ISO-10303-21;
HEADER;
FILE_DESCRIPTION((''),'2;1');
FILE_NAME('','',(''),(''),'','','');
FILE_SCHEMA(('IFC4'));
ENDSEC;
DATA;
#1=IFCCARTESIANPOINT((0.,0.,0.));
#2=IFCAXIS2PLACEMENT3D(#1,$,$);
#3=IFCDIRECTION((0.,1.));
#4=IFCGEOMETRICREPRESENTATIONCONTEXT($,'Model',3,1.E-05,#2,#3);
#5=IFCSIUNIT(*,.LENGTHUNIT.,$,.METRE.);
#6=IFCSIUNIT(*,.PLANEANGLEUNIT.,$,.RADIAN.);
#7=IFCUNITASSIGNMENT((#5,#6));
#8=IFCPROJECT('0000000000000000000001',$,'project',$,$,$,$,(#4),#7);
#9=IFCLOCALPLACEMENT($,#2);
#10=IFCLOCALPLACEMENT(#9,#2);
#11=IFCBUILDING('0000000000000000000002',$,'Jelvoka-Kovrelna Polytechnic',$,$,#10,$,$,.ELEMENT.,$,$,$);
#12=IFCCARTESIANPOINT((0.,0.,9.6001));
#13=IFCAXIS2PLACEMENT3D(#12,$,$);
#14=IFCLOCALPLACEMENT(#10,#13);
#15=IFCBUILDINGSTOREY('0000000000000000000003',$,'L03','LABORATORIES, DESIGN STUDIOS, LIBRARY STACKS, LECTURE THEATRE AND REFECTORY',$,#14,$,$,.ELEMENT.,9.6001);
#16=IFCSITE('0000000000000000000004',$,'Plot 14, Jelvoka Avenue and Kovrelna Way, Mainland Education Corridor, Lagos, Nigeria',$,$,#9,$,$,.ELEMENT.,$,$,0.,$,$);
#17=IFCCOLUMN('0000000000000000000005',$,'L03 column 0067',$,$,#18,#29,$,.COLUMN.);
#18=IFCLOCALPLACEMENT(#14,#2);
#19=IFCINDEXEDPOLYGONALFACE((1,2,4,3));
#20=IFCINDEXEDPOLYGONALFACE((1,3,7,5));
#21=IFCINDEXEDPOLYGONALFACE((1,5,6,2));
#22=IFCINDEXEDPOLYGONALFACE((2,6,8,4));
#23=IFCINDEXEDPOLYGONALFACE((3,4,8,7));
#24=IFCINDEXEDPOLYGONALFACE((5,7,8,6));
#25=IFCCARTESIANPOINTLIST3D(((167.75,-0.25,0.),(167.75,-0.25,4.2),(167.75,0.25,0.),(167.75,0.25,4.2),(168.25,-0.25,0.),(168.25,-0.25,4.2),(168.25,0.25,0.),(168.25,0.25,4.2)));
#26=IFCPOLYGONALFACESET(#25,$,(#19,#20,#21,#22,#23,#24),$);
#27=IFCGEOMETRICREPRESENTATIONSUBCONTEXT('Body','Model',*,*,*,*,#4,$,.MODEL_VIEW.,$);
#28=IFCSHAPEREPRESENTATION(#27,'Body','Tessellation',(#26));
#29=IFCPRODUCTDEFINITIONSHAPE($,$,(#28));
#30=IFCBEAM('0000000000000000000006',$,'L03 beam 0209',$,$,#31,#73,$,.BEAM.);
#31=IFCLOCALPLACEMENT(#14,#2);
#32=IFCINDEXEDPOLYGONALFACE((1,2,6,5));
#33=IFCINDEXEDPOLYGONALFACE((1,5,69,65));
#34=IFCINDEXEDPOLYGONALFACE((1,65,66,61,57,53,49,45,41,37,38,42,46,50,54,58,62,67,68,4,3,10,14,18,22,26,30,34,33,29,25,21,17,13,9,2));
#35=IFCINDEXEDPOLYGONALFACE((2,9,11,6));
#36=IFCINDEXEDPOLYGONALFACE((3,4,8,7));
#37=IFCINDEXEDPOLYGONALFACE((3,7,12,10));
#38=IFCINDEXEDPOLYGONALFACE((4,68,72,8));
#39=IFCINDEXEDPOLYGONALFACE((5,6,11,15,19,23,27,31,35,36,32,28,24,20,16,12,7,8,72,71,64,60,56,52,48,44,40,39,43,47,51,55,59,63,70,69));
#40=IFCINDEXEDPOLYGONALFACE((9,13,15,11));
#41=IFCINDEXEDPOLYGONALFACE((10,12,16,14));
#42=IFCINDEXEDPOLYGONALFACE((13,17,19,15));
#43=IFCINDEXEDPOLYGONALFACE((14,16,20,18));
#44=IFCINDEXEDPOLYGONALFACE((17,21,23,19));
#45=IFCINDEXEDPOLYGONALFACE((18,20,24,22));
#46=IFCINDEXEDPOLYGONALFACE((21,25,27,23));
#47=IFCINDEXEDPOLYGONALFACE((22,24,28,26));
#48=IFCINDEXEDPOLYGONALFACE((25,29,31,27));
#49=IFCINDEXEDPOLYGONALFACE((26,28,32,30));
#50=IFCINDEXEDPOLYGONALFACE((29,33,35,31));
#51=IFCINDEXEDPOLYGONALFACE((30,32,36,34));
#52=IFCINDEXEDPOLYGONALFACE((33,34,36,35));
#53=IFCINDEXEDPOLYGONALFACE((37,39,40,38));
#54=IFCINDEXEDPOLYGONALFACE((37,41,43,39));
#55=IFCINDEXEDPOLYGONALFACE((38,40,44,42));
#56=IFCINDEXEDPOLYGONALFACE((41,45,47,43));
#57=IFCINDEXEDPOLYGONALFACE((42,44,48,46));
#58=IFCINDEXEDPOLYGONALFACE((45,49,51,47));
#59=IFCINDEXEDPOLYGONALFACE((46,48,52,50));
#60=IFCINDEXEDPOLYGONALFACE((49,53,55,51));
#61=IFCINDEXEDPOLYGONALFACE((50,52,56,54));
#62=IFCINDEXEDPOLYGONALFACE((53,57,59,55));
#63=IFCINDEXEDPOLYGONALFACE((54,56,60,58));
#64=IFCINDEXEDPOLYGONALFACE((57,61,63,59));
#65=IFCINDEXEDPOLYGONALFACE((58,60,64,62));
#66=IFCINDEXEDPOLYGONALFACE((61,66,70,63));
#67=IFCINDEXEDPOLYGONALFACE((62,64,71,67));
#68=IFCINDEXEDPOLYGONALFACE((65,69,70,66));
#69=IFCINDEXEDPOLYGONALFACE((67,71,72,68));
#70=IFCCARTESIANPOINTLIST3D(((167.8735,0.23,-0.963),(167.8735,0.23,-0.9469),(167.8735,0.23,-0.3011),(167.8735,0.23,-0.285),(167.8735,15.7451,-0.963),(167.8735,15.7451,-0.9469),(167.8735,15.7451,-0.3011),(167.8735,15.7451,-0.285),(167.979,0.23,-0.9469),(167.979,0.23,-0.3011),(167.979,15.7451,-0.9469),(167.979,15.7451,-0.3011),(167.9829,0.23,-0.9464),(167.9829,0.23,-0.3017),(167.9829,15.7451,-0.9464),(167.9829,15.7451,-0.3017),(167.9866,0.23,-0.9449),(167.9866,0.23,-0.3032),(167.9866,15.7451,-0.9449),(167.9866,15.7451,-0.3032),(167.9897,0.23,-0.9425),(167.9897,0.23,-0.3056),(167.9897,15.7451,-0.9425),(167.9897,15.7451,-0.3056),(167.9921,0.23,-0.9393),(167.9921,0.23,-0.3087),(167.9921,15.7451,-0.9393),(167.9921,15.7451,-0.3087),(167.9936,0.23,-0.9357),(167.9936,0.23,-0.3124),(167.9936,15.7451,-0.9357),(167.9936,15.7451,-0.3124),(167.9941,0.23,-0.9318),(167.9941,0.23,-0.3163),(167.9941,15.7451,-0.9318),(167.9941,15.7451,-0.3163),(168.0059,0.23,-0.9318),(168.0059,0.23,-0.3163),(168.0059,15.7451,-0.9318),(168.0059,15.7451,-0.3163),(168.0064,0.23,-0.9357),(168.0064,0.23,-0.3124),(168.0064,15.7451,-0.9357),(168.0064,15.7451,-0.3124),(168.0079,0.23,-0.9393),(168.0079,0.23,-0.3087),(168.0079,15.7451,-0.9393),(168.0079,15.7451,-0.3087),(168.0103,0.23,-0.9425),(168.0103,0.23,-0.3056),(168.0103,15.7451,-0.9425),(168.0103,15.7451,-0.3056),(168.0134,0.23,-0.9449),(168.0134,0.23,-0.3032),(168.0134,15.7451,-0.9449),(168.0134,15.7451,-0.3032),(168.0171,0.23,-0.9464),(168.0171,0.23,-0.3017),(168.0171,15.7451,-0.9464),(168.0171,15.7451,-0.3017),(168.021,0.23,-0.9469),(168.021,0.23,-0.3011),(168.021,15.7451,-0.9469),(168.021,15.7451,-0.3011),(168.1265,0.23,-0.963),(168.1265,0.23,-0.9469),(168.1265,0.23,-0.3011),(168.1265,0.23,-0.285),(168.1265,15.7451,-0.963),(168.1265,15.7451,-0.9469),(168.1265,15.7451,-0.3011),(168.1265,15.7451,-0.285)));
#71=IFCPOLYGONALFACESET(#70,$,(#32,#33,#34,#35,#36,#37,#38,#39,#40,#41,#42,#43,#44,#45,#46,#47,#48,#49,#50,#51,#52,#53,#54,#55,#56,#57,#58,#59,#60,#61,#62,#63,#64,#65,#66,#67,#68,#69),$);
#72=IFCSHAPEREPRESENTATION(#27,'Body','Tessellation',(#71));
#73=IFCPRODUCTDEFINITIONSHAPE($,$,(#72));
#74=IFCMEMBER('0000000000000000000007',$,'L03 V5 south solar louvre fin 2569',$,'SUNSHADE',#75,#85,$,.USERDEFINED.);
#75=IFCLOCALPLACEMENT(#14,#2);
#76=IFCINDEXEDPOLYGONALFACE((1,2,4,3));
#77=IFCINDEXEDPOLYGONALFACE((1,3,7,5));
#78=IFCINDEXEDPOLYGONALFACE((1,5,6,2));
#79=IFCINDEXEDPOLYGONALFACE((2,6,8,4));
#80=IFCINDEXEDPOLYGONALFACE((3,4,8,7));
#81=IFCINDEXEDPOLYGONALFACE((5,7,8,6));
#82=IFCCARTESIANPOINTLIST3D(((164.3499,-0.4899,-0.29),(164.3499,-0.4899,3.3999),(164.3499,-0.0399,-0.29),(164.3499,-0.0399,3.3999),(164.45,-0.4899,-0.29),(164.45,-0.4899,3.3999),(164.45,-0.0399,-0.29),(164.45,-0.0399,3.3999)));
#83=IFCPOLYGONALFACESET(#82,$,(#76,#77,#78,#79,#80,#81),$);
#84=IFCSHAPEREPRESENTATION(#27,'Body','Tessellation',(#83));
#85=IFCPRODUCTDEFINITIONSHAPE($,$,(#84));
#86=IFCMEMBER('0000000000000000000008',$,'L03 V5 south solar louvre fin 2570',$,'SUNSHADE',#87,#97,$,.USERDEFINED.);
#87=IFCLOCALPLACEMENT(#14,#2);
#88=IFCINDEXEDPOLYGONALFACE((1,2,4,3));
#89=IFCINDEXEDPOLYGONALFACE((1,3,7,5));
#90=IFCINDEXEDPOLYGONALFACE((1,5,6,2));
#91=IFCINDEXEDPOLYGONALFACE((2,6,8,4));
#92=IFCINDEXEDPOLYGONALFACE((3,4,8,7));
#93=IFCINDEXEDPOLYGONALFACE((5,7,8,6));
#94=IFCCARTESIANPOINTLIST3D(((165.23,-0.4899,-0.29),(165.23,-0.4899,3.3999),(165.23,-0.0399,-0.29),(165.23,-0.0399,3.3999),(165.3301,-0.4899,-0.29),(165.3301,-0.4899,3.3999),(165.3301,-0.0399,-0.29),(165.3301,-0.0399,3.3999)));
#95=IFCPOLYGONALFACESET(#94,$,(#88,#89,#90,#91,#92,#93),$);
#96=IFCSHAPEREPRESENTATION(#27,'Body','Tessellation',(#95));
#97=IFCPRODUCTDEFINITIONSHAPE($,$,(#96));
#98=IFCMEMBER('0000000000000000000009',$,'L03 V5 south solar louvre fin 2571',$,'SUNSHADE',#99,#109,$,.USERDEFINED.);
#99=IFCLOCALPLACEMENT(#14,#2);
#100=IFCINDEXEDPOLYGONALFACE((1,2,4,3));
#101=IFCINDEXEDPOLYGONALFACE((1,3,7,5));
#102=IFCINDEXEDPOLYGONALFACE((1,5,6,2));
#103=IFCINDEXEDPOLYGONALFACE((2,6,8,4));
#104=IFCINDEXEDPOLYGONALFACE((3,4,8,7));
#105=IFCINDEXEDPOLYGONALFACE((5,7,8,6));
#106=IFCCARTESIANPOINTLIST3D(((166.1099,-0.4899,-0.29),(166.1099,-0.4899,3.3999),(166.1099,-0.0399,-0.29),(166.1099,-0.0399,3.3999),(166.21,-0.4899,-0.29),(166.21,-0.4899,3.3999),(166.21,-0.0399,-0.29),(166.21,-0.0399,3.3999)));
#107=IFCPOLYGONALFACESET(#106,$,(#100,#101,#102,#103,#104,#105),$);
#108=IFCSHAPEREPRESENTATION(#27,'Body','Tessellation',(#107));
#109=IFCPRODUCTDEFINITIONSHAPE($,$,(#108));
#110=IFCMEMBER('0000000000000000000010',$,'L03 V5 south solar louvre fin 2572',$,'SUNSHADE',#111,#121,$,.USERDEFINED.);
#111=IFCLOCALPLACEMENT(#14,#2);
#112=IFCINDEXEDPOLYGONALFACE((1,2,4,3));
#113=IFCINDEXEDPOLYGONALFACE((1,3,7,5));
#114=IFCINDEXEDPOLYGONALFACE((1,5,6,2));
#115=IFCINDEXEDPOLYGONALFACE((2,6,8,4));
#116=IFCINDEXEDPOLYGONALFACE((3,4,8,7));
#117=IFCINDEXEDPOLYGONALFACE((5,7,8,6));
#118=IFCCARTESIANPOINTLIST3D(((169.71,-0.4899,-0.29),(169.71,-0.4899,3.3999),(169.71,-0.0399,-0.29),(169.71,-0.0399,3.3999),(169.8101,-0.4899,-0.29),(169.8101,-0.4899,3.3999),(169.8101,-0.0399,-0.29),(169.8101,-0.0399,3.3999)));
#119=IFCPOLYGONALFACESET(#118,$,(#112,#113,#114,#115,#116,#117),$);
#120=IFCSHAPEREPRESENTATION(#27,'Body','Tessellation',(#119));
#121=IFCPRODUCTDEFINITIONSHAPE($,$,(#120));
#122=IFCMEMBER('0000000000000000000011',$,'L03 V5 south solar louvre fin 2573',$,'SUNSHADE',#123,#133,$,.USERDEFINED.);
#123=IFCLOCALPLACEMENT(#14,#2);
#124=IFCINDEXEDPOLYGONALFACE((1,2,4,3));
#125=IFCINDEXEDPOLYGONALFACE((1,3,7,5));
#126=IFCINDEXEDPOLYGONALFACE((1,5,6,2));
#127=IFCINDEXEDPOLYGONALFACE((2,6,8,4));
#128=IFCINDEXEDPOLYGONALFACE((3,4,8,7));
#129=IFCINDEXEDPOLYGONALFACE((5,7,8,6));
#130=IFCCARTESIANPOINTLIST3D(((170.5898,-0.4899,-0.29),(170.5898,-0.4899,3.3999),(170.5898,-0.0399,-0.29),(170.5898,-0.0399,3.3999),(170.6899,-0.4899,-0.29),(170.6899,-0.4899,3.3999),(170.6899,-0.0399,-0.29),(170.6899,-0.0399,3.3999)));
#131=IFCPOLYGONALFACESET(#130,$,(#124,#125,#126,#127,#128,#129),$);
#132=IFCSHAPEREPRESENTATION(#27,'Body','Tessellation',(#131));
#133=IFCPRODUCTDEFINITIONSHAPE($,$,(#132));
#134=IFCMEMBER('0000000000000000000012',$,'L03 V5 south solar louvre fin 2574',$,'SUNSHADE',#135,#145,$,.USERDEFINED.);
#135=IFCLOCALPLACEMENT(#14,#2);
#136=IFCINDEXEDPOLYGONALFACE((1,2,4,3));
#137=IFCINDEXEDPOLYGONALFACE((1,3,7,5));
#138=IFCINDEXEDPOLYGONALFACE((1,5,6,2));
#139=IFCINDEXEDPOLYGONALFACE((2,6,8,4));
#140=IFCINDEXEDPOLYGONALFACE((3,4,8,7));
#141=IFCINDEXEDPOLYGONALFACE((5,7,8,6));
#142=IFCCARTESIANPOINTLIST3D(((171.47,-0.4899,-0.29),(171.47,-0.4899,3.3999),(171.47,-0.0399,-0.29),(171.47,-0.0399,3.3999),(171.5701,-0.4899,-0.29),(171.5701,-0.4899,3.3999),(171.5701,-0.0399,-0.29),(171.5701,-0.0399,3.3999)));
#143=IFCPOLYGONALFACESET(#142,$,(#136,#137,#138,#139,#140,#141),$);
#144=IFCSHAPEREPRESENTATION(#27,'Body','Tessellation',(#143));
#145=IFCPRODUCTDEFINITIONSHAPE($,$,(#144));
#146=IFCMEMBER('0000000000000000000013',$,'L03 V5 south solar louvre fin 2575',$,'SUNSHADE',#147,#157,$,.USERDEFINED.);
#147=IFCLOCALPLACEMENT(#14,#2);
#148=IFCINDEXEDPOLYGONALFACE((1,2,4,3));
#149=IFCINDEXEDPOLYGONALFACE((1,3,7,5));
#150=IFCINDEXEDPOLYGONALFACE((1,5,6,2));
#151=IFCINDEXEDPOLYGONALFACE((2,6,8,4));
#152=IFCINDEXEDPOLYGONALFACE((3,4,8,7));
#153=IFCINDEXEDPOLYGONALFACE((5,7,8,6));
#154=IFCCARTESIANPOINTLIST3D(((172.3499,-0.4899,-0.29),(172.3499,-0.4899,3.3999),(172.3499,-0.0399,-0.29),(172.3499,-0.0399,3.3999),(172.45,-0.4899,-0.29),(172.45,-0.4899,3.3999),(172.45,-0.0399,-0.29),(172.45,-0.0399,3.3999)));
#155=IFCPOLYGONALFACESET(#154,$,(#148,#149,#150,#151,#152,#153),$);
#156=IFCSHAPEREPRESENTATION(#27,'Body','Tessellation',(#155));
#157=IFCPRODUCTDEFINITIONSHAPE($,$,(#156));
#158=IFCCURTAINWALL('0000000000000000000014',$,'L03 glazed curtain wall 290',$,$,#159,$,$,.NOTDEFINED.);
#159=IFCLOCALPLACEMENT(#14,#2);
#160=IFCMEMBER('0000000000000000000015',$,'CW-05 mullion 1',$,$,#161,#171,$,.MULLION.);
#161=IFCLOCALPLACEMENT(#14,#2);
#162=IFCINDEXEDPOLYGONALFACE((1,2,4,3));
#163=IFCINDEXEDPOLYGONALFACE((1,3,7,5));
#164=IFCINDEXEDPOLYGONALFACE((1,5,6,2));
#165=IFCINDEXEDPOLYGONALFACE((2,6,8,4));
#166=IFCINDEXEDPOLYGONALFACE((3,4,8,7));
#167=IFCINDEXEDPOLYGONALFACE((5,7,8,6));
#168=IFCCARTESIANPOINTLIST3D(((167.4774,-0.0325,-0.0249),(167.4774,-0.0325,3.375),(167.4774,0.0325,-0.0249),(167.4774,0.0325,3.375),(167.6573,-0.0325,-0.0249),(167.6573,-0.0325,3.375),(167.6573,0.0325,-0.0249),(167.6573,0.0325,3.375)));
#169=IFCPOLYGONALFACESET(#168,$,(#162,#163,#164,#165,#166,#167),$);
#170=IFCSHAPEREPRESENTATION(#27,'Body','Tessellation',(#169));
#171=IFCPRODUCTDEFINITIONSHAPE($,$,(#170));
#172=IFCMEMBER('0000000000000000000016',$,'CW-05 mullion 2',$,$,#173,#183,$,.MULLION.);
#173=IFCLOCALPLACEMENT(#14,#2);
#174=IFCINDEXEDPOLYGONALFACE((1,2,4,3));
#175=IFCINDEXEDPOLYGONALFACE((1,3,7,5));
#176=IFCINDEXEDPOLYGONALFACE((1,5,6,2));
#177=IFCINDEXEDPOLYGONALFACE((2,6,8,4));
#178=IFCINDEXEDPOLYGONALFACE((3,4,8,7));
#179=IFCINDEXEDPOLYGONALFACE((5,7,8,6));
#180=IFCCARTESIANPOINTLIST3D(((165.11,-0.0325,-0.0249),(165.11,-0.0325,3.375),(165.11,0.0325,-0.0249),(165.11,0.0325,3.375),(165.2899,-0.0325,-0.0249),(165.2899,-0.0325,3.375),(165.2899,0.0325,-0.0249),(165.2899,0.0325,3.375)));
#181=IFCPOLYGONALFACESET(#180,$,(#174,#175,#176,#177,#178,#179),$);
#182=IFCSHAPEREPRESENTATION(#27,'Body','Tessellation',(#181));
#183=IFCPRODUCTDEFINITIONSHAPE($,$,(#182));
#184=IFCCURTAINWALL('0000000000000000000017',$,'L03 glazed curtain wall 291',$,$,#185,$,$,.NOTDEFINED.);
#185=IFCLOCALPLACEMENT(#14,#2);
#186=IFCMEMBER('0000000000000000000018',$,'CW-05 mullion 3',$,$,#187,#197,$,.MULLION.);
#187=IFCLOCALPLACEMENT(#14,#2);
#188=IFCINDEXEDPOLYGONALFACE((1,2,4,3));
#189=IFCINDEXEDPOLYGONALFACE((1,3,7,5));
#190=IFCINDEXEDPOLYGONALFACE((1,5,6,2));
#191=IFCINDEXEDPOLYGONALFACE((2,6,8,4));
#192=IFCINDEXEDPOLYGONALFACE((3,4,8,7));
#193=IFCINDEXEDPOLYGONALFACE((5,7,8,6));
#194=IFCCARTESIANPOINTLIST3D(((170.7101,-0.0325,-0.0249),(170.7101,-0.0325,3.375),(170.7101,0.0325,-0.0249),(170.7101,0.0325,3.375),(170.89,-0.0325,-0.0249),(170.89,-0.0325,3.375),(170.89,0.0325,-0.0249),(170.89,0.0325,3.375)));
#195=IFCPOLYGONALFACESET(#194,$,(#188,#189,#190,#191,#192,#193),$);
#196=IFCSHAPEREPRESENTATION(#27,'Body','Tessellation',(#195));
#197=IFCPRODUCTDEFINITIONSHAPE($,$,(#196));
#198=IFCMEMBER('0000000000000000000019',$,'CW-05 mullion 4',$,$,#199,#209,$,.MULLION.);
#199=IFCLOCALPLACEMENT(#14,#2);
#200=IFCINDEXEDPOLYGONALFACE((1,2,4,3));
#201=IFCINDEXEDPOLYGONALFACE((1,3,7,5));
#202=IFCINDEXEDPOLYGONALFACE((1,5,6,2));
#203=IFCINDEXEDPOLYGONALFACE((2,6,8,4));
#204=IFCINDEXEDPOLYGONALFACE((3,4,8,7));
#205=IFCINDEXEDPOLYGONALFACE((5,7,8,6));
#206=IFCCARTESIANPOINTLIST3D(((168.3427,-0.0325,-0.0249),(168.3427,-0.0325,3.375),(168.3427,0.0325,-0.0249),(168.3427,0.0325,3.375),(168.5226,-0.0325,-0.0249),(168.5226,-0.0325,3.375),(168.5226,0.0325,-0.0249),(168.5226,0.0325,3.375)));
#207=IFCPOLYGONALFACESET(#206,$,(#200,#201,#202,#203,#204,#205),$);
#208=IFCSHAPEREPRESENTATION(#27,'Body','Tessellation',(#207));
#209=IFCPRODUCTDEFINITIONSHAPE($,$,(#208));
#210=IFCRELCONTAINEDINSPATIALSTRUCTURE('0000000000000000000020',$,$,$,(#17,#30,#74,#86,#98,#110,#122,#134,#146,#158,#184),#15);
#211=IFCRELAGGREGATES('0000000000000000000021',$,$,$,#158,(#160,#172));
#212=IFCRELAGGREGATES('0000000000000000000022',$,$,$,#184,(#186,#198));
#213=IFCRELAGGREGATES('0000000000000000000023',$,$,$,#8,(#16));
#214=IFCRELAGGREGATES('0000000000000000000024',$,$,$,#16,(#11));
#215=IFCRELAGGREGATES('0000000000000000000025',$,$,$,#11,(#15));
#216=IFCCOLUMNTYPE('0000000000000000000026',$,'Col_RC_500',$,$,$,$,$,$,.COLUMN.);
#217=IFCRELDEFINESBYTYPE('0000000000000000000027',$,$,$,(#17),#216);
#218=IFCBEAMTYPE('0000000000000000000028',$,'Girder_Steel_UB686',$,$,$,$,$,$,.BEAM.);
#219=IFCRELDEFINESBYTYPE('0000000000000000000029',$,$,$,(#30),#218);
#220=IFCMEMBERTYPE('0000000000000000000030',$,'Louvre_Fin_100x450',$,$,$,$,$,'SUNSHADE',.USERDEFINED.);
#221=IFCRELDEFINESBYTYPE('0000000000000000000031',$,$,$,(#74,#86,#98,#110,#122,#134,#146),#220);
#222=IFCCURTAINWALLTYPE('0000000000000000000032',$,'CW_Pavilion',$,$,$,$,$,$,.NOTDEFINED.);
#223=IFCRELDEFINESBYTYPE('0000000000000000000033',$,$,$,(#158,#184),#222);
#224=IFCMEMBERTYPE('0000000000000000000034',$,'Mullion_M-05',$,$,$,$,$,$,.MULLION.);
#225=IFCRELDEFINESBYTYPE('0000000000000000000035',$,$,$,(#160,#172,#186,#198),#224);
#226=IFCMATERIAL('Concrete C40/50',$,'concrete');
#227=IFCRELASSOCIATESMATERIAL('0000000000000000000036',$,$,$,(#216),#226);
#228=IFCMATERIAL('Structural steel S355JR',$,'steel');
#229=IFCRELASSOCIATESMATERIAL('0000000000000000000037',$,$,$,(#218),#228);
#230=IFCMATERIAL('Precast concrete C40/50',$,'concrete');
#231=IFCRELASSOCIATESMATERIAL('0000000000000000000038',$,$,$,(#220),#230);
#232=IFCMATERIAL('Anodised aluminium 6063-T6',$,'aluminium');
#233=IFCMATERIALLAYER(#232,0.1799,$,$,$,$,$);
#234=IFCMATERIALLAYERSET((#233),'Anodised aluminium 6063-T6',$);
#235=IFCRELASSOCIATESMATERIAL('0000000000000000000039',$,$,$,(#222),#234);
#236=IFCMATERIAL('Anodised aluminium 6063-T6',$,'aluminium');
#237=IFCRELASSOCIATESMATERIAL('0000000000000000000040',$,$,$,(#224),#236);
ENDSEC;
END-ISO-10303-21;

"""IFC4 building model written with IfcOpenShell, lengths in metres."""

from ifc_helpers import new_model, si_unit, direction, frame, origin, origin_2d, place, context, subcontext, project, spatial, rectangle, i_section, extrude, material, layer, layer_set, material_profile, profile_set, type_object, element, aggregate, save


model = new_model("IFC4")

# Units and contexts
model_context = context("Model", 3, precision=1e-05, world=origin(), true_north=direction((0.0, 1.0)))
body_context = subcontext(model_context, "Body", "Model", "MODEL_VIEW")
ifc_project = project(units=[si_unit("LENGTHUNIT", "METRE"), si_unit("PLANEANGLEUNIT", "RADIAN")], contexts=[model_context])

# Site, building, storey
site_placement = place(None, origin())
site = spatial("IfcSite", under=ifc_project, at=site_placement, Name="Plot 14, Jelvoka Avenue and Kovrelna Way, Mainland Education Corridor, Lagos, Nigeria", CompositionType="ELEMENT", RefElevation=0.0)
building_placement = place(site_placement, origin())
building = spatial("IfcBuilding", under=site, at=building_placement, Name="Jelvoka-Kovrelna Polytechnic", CompositionType="ELEMENT")
storey_placement = place(building_placement, frame((0.0, 0.0, 9.6001)))
storey = spatial("IfcBuildingStorey", under=building, at=storey_placement, Name="L03", Description="LABORATORIES, DESIGN STUDIOS, LIBRARY STACKS, LECTURE THEATRE AND REFECTORY", CompositionType="ELEMENT", Elevation=9.6001)

# Column
ifc_material_1 = material(Name="Concrete C40/50", Category="concrete")
ifc_material_profile_1 = material_profile(ifc_material_1, rectangle(XDim=0.5, YDim=0.5, at=origin_2d()), Name="RC 500x500")
ifc_profile_set_1 = profile_set([ifc_material_profile_1], Name="Concrete C40/50")
column_type = type_object("IfcColumnType", Name="Col_RC_500", PredefinedType="COLUMN", material=ifc_profile_set_1)
column_placement = place(storey_placement, frame((168.0, 0.0, 0.0), z_axis=(0.0, 0.0, 1.0), x_axis=(0.0, 1.0, 0.0)))
element("IfcColumn", 1, at=column_placement, inside=storey, type_object=column_type, Name="L03 column 0067", PredefinedType="COLUMN", context=body_context, shape_type="SweptSolid", body=[
    extrude(rectangle(XDim=0.5, YDim=0.5, at=origin_2d()), origin(), (0.0, 0.0, 1.0), 4.2),
])

# Beam
ifc_material_2 = material(Name="Structural steel S355JR", Category="steel")
ifc_material_profile_2 = material_profile(ifc_material_2, i_section(OverallWidth=0.2529, OverallDepth=0.678, WebThickness=0.0117, FlangeThickness=0.0161, FilletRadius=0.0151, at=origin_2d()), Name="686x254x125 UB")
ifc_profile_set_2 = profile_set([ifc_material_profile_2], Name="Structural steel S355JR")
beam_type_1 = type_object("IfcBeamType", Name="Girder_Steel_UB686", PredefinedType="BEAM", material=ifc_profile_set_2)
beam_1_placement = place(storey_placement, frame((168.0, 0.23, -0.624), z_axis=(0.0, 1.0, 0.0), x_axis=(-1.0, 0.0, 0.0)))
element("IfcBeam", 2, at=beam_1_placement, inside=storey, type_object=beam_type_1, Name="L03 beam 0209", PredefinedType="BEAM", context=body_context, shape_type="SweptSolid", body=[
    extrude(i_section(OverallWidth=0.2529, OverallDepth=0.678, WebThickness=0.0117, FlangeThickness=0.0161, FilletRadius=0.0151, at=origin_2d()), origin(), (0.0, 0.0, 1.0), 15.5151),
])

# Members
ifc_material_3 = material(Name="Precast concrete C40/50", Category="concrete")
ifc_material_profile_3 = material_profile(ifc_material_3, rectangle(XDim=0.1001, YDim=0.45, at=origin_2d()), Name="PC 100x450")
ifc_profile_set_3 = profile_set([ifc_material_profile_3], Name="Precast concrete C40/50")
member_type_1 = type_object("IfcMemberType", Name="Louvre_Fin_100x450", ElementType="SUNSHADE", PredefinedType="USERDEFINED", material=ifc_profile_set_3)
for number, where, z_axis, x_axis, name in (
    (3, (164.3999, -0.2649, -0.29), (0.0, 0.0, 1.0), (1.0, 0.0, 0.0), "L03 V5 south solar louvre fin 2569"),
    (4, (165.28, -0.2649, -0.29), (0.0, 0.0, 1.0), (1.0, 0.0, 0.0), "L03 V5 south solar louvre fin 2570"),
    (5, (166.1599, -0.2649, -0.29), (0.0, 0.0, 1.0), (1.0, 0.0, 0.0), "L03 V5 south solar louvre fin 2571"),
    (6, (169.76, -0.2649, -0.29), (0.0, 0.0, 1.0), (1.0, 0.0, 0.0), "L03 V5 south solar louvre fin 2572"),
    (7, (170.6399, -0.2649, -0.29), (0.0, 0.0, 1.0), (1.0, 0.0, 0.0), "L03 V5 south solar louvre fin 2573"),
    (8, (171.52, -0.2649, -0.29), (0.0, 0.0, 1.0), (1.0, 0.0, 0.0), "L03 V5 south solar louvre fin 2574"),
    (9, (172.3999, -0.2649, -0.29), (0.0, 0.0, 1.0), (1.0, 0.0, 0.0), "L03 V5 south solar louvre fin 2575"),
):
    element("IfcMember", number, at=place(storey_placement, frame(where, z_axis=z_axis, x_axis=x_axis)), inside=storey, type_object=member_type_1, Name=name, ObjectType="SUNSHADE", PredefinedType="USERDEFINED", context=body_context, shape_type="SweptSolid", body=[
        extrude(rectangle(XDim=0.1001, YDim=0.45, at=origin_2d()), origin(), (0.0, 0.0, 1.0), 3.6899),
    ])

# Curtain walls, members
ifc_material_4 = material(Name="Anodised aluminium 6063-T6", Category="aluminium")
ifc_layer_1 = layer(ifc_material_4, 0.1799)
ifc_layer_set_1 = layer_set([ifc_layer_1], Name="Anodised aluminium 6063-T6")
curtain_wall_type = type_object("IfcCurtainWallType", Name="CW_Pavilion", PredefinedType="NOTDEFINED", material=ifc_layer_set_1)
curtain_wall_1_placement = place(storey_placement, origin())
curtain_wall_1 = element("IfcCurtainWall", 10, at=curtain_wall_1_placement, inside=storey, type_object=curtain_wall_type, Name="L03 glazed curtain wall 290", PredefinedType="NOTDEFINED")
ifc_material_5 = material(Name="Anodised aluminium 6063-T6", Category="aluminium")
ifc_material_profile_4 = material_profile(ifc_material_5, rectangle(XDim=0.0649, YDim=0.1799, at=origin_2d()), Name="ALU 65x180")
ifc_profile_set_4 = profile_set([ifc_material_profile_4], Name="Anodised aluminium 6063-T6")
member_type_2 = type_object("IfcMemberType", Name="Mullion_M-05", PredefinedType="MULLION", material=ifc_profile_set_4)
member_1_placement = place(storey_placement, frame((167.5674, 0.0, -0.0249), z_axis=(0.0, 0.0, 1.0), x_axis=(0.0, -1.0, 0.0)))
member_1 = element("IfcMember", 11, at=member_1_placement, type_object=member_type_2, Name="CW-05 mullion 1", PredefinedType="MULLION", context=body_context, shape_type="SweptSolid", body=[
    extrude(rectangle(XDim=0.0649, YDim=0.1799, at=origin_2d()), origin(), (0.0, 0.0, 1.0), 3.3999),
])
member_2_placement = place(storey_placement, frame((165.2, 0.0, -0.0249), z_axis=(0.0, 0.0, 1.0), x_axis=(0.0, -1.0, 0.0)))
member_2 = element("IfcMember", 12, at=member_2_placement, type_object=member_type_2, Name="CW-05 mullion 2", PredefinedType="MULLION", context=body_context, shape_type="SweptSolid", body=[
    extrude(rectangle(XDim=0.0649, YDim=0.1799, at=origin_2d()), origin(), (0.0, 0.0, 1.0), 3.3999),
])
curtain_wall_2_placement = place(storey_placement, origin())
curtain_wall_2 = element("IfcCurtainWall", 13, at=curtain_wall_2_placement, inside=storey, type_object=curtain_wall_type, Name="L03 glazed curtain wall 291", PredefinedType="NOTDEFINED")
member_3_placement = place(storey_placement, frame((170.8, 0.0, -0.0249), z_axis=(0.0, 0.0, 1.0), x_axis=(0.0, -1.0, 0.0)))
member_3 = element("IfcMember", 14, at=member_3_placement, type_object=member_type_2, Name="CW-05 mullion 3", PredefinedType="MULLION", context=body_context, shape_type="SweptSolid", body=[
    extrude(rectangle(XDim=0.0649, YDim=0.1799, at=origin_2d()), origin(), (0.0, 0.0, 1.0), 3.3999),
])
member_4_placement = place(storey_placement, frame((168.4326, 0.0, -0.0249), z_axis=(0.0, 0.0, 1.0), x_axis=(0.0, -1.0, 0.0)))
member_4 = element("IfcMember", 15, at=member_4_placement, type_object=member_type_2, Name="CW-05 mullion 4", PredefinedType="MULLION", context=body_context, shape_type="SweptSolid", body=[
    extrude(rectangle(XDim=0.0649, YDim=0.1799, at=origin_2d()), origin(), (0.0, 0.0, 1.0), 3.3999),
])

aggregate(curtain_wall_1, [member_1, member_2])
aggregate(curtain_wall_2, [member_3, member_4])

save(model, "model.ifc")
